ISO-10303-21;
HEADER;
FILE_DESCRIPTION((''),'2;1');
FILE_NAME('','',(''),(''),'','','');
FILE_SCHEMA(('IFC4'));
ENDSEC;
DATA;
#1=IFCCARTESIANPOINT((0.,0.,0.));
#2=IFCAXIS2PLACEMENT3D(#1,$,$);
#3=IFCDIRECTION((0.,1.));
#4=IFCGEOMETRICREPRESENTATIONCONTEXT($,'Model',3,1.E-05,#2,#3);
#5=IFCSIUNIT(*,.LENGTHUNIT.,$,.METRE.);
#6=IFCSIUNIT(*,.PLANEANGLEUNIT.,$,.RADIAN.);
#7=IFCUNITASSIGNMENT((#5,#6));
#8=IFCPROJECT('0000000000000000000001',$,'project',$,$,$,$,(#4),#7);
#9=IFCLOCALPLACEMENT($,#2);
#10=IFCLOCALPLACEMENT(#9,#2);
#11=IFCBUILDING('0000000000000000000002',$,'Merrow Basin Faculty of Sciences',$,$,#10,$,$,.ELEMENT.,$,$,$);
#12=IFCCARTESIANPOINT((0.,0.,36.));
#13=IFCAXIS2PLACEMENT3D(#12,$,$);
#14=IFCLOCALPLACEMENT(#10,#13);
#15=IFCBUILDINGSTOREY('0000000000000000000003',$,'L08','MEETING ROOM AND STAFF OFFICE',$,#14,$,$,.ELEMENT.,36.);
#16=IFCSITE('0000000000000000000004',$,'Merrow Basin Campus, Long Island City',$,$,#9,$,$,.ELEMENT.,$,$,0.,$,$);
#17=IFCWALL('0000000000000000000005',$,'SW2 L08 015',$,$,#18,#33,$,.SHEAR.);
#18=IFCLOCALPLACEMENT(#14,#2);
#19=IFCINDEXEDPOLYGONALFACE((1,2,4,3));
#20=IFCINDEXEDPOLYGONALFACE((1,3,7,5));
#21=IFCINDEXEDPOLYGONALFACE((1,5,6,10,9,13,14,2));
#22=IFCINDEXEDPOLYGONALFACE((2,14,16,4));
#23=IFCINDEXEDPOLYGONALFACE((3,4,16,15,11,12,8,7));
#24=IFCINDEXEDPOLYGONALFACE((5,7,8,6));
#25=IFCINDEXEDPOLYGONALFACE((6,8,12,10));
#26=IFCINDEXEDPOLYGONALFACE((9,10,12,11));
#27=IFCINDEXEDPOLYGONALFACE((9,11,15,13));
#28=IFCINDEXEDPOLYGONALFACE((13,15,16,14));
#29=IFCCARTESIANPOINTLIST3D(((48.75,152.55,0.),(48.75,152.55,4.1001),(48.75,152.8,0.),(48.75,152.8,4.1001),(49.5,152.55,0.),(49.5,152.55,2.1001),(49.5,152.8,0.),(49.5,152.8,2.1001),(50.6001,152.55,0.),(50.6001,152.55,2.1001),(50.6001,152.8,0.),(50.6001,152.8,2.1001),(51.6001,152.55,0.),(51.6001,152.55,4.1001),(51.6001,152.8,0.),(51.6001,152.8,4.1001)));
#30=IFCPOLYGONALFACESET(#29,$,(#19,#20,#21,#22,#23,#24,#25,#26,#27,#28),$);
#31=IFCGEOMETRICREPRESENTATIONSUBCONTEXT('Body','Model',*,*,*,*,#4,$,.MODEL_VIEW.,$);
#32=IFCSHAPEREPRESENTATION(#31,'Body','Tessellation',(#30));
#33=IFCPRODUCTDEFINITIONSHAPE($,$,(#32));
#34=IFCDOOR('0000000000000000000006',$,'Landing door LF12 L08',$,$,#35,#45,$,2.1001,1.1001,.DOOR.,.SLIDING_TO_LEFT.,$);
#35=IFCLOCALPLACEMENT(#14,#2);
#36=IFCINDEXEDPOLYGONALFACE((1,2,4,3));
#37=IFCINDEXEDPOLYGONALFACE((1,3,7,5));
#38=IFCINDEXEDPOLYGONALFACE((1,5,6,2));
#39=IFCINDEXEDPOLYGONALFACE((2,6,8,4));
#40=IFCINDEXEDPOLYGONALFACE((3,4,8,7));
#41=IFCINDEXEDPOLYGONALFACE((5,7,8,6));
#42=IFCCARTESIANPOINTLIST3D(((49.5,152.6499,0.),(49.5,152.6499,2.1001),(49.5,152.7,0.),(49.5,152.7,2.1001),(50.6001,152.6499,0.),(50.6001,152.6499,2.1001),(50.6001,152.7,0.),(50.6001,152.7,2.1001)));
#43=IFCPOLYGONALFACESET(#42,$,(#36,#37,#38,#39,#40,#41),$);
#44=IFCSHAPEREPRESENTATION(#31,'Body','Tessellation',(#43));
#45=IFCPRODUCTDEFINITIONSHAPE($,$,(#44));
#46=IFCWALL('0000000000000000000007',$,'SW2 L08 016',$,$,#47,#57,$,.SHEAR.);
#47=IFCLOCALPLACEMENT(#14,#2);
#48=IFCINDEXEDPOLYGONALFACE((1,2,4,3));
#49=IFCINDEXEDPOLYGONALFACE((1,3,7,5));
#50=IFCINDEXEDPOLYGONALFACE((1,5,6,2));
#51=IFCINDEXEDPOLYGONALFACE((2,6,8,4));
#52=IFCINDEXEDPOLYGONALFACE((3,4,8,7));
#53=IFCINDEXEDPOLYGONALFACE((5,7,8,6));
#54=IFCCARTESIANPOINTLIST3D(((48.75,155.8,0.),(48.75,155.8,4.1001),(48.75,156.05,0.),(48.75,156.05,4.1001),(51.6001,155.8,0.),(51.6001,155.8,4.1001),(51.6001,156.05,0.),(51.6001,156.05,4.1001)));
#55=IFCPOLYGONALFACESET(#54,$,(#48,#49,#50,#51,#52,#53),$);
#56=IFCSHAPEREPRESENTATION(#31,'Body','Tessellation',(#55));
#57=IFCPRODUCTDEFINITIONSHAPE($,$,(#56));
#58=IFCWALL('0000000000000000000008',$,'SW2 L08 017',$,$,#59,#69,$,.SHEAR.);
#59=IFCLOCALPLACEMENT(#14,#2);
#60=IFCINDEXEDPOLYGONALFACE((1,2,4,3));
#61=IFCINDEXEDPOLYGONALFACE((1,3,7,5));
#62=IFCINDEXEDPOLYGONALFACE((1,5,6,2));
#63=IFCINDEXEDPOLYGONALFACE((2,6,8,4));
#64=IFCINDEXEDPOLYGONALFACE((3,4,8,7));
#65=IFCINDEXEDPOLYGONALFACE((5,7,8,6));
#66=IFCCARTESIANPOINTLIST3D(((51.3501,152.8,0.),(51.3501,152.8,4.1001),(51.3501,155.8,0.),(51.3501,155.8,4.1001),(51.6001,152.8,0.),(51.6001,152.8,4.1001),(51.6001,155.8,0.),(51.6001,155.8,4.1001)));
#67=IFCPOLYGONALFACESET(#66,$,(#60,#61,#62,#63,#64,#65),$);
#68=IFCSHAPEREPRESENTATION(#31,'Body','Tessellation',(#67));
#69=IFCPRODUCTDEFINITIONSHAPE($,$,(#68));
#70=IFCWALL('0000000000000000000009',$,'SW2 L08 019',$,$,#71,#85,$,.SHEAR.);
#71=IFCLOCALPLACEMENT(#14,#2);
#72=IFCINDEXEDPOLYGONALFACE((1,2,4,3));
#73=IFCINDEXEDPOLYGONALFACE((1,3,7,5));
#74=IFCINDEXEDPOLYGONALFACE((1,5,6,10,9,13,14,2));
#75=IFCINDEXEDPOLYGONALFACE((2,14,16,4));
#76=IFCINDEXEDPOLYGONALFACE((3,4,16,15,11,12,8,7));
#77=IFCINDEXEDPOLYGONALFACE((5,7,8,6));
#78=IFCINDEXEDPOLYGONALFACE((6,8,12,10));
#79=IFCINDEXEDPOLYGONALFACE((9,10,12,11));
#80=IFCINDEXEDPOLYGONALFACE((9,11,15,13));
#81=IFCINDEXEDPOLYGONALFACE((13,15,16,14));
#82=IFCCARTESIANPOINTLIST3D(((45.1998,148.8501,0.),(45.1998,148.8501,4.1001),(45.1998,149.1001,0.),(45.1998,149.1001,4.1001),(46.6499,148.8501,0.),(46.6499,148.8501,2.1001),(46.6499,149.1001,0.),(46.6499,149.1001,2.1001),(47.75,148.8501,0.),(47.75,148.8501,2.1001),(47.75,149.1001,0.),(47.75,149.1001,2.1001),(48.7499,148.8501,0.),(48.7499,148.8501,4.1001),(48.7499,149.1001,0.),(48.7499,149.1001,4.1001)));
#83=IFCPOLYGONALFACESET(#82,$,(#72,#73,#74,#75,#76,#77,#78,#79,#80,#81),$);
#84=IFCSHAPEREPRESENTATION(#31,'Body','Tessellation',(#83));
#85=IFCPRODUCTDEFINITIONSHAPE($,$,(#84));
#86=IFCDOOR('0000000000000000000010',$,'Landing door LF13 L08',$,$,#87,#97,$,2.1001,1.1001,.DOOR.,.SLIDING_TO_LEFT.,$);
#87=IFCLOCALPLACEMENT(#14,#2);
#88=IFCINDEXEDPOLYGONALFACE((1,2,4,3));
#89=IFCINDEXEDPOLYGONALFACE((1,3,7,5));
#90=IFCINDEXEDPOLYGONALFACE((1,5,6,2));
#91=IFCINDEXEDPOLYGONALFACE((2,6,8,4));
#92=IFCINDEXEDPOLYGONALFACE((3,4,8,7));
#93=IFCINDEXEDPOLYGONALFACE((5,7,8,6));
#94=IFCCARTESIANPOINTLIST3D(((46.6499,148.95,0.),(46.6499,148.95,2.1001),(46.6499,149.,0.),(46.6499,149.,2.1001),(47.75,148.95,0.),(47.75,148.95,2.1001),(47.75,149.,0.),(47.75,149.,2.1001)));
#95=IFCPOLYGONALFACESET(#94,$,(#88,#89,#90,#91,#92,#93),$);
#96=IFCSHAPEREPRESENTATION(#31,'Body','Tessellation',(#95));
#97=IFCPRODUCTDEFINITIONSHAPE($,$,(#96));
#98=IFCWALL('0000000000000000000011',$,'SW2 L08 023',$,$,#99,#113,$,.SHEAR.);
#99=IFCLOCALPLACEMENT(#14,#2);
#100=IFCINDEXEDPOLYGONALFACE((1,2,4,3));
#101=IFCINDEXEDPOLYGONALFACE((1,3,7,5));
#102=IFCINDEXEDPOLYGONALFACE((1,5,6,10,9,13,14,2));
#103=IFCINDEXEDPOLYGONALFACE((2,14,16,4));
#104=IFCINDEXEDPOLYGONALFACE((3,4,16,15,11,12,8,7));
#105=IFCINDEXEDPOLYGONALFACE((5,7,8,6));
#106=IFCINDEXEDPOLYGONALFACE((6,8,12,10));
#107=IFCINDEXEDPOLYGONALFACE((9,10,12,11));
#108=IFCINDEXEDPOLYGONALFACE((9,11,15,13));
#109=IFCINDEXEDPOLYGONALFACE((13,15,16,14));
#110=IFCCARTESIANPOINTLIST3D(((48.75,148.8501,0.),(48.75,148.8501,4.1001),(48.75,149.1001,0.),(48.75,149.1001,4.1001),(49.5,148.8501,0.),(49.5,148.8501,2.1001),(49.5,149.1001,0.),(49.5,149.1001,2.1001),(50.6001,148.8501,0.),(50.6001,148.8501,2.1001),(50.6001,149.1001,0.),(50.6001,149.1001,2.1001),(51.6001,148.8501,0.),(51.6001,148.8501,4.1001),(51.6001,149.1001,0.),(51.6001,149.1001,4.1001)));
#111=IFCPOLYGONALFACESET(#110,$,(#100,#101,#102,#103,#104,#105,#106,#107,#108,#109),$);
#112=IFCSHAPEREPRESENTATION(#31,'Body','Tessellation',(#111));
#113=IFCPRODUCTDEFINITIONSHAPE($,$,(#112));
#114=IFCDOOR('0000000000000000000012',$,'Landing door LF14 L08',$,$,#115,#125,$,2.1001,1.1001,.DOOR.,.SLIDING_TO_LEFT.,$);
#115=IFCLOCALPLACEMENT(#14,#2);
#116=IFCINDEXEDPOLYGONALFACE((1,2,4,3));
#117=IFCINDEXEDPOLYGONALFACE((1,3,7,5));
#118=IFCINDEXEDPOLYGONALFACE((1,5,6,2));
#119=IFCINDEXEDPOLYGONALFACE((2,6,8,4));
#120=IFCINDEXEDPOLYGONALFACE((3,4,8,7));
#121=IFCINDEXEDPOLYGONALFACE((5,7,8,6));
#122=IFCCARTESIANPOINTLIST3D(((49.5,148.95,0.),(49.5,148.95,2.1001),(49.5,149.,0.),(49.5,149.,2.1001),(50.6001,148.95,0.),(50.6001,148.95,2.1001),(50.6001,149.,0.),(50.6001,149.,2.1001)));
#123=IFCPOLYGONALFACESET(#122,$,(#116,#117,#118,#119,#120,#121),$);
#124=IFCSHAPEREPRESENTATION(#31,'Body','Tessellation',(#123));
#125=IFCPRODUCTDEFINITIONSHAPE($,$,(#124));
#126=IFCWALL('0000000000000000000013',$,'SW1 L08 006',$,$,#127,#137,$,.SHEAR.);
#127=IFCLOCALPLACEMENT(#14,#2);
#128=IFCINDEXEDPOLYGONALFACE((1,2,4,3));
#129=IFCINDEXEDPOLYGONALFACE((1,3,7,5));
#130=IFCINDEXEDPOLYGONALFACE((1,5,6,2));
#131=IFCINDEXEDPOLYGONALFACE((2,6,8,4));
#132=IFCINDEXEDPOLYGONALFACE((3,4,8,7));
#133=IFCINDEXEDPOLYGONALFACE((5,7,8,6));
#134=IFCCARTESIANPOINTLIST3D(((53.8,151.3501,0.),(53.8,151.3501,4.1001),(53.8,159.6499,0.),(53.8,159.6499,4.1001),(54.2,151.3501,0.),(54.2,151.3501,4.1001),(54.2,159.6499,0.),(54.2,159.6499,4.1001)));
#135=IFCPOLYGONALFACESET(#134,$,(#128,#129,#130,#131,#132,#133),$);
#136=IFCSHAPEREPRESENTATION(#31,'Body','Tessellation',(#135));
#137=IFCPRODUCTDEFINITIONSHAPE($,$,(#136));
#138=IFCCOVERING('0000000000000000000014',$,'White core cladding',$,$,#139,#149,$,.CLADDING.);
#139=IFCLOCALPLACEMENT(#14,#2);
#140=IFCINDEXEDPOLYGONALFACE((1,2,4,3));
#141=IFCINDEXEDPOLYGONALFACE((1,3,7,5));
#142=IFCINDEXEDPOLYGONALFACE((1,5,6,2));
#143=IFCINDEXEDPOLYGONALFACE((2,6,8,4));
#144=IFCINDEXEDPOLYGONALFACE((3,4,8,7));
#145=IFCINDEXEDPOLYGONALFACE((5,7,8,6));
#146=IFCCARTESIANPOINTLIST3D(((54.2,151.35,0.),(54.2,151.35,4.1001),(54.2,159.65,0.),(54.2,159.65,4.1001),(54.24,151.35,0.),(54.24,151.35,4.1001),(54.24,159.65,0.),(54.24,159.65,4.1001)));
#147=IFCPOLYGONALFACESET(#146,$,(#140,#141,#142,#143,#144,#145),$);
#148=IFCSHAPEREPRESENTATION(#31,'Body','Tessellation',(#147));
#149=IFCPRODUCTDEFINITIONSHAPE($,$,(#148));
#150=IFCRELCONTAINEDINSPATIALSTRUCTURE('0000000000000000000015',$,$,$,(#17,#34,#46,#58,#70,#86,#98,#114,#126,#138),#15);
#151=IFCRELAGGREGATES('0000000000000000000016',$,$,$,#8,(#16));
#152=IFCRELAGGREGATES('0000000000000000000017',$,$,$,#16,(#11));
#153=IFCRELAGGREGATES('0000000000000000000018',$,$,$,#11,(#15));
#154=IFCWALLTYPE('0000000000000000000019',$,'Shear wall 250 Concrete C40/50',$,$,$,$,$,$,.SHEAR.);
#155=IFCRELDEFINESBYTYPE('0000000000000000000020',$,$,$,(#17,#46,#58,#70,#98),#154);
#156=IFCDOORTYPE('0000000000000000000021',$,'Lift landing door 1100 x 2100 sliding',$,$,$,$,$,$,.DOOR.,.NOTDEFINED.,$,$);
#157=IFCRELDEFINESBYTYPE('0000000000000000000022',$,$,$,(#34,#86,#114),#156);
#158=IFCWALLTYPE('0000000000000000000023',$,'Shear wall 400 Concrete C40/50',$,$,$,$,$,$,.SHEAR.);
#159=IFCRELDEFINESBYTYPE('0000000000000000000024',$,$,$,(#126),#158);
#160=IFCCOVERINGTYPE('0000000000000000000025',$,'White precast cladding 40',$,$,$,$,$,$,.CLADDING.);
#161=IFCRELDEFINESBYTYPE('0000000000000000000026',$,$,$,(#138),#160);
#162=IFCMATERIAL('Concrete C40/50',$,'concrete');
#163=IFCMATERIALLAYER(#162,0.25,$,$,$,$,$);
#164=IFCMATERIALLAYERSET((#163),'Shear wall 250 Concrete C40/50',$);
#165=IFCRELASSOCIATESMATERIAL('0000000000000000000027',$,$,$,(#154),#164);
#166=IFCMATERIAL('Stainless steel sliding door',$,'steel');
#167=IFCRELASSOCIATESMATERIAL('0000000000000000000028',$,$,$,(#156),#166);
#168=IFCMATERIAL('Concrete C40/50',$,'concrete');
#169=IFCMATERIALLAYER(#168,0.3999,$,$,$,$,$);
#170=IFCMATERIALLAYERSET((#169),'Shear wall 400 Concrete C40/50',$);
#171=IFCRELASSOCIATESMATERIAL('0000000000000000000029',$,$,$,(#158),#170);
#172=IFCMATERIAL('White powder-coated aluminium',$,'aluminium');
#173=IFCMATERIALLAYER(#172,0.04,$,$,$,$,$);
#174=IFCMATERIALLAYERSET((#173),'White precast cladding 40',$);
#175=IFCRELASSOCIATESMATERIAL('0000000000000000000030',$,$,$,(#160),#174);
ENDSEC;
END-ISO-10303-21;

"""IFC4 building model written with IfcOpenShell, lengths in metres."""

from ifc_helpers import new_model, si_unit, direction, frame, frame_2d, origin, origin_2d, place, context, subcontext, project, spatial, rectangle, extrude, material, layer, layer_set, type_object, element, fill, save


model = new_model("IFC4")

# Units and contexts
model_context = context("Model", 3, precision=1e-05, world=origin(), true_north=direction((0.0, 1.0)))
body_context = subcontext(model_context, "Body", "Model", "MODEL_VIEW")
ifc_project = project(units=[si_unit("LENGTHUNIT", "METRE"), si_unit("PLANEANGLEUNIT", "RADIAN")], contexts=[model_context])

# Site, building, storey
site_placement = place(None, origin())
site = spatial("IfcSite", under=ifc_project, at=site_placement, Name="Merrow Basin Campus, Long Island City", CompositionType="ELEMENT", RefElevation=0.0)
building_placement = place(site_placement, origin())
building = spatial("IfcBuilding", under=site, at=building_placement, Name="Merrow Basin Faculty of Sciences", CompositionType="ELEMENT")
storey_placement = place(building_placement, frame((0.0, 0.0, 36.0)))
storey = spatial("IfcBuildingStorey", under=building, at=storey_placement, Name="L08", Description="MEETING ROOM AND STAFF OFFICE", CompositionType="ELEMENT", Elevation=36.0)

# Shared definitions
ifc_material_1 = material(Name="Concrete C40/50", Category="concrete")
ifc_layer_1 = layer(ifc_material_1, 0.25)
ifc_layer_set_1 = layer_set([ifc_layer_1], Name="Shear wall 250 Concrete C40/50")
wall_type_1 = type_object("IfcWallType", Name="Shear wall 250 Concrete C40/50", PredefinedType="SHEAR", material=ifc_layer_set_1)
ifc_material_2 = material(Name="Stainless steel sliding door", Category="steel")
door_type_1 = type_object("IfcDoorType", Name="Lift landing door 1100 x 2100 sliding", OperationType="NOTDEFINED", PredefinedType="DOOR", material=ifc_material_2)

# Wall, opening, door
wall_1_placement = place(storey_placement, frame((48.75, 152.675, 0.0), z_axis=(0.0, 0.0, 1.0), x_axis=(1.0, 0.0, 0.0)))
wall_1 = element("IfcWall", 1, at=wall_1_placement, inside=storey, type_object=wall_type_1, Name="SW2 L08 015", PredefinedType="SHEAR", context=body_context, shape_type="SweptSolid", body=[
    extrude(rectangle(XDim=2.8501, YDim=0.25, at=frame_2d((1.425, 0.0))), origin(), (0.0, 0.0, 1.0), 4.1001),
])
opening_1_placement = place(wall_1_placement, frame((0.75, 0.0, 0.0)))
opening_1 = element("IfcOpeningElement", 2, at=opening_1_placement, cuts=wall_1, PredefinedType="OPENING", context=body_context, shape_type="SweptSolid", body=[
    extrude(rectangle(XDim=1.1001, YDim=2.1001, at=frame_2d((0.55, 1.05))), frame((0.0, 0.135, 0.0), z_axis=(0.0, -1.0, 0.0), x_axis=(1.0, 0.0, 0.0)), (0.0, 0.0, 1.0), 0.27),
])
door_1_placement = place(opening_1_placement, origin())
door_1 = element("IfcDoor", 3, at=door_1_placement, inside=storey, type_object=door_type_1, Name="Landing door LF12 L08", OperationType="SLIDING_TO_LEFT", OverallHeight=2.1001, OverallWidth=1.1001, PredefinedType="DOOR", context=body_context, shape_type="SweptSolid", body=[
    extrude(rectangle(XDim=1.1001, YDim=2.1001, at=frame_2d((0.55, 1.05))), frame((0.0, 0.0249, 0.0), z_axis=(0.0, -1.0, 0.0), x_axis=(1.0, 0.0, 0.0)), (0.0, 0.0, 1.0), 0.05),
])
fill(opening_1, door_1)

# Walls
wall_2_placement = place(storey_placement, frame((48.75, 155.925, 0.0), z_axis=(0.0, 0.0, 1.0), x_axis=(1.0, 0.0, 0.0)))
element("IfcWall", 4, at=wall_2_placement, inside=storey, type_object=wall_type_1, Name="SW2 L08 016", PredefinedType="SHEAR", context=body_context, shape_type="SweptSolid", body=[
    extrude(rectangle(XDim=2.8501, YDim=0.25, at=frame_2d((1.425, 0.0))), origin(), (0.0, 0.0, 1.0), 4.1001),
])
wall_3_placement = place(storey_placement, frame((51.4751, 152.8, 0.0), z_axis=(0.0, 0.0, 1.0), x_axis=(0.0, 1.0, 0.0)))
element("IfcWall", 5, at=wall_3_placement, inside=storey, type_object=wall_type_1, Name="SW2 L08 017", PredefinedType="SHEAR", context=body_context, shape_type="SweptSolid", body=[
    extrude(rectangle(XDim=3.0, YDim=0.25, at=frame_2d((1.5, 0.0))), origin(), (0.0, 0.0, 1.0), 4.1001),
])

# Walls, openings, doors
wall_4_placement = place(storey_placement, frame((45.2, 148.9751, 0.0), z_axis=(0.0, 0.0, 1.0), x_axis=(1.0, 0.0, 0.0)))
wall_4 = element("IfcWall", 6, at=wall_4_placement, inside=storey, type_object=wall_type_1, Name="SW2 L08 019", PredefinedType="SHEAR", context=body_context, shape_type="SweptSolid", body=[
    extrude(rectangle(XDim=3.55, YDim=0.25, at=frame_2d((1.7749, 0.0))), origin(), (0.0, 0.0, 1.0), 4.1001),
])
opening_2_placement = place(wall_4_placement, frame((1.45, 0.0, 0.0)))
opening_2 = element("IfcOpeningElement", 7, at=opening_2_placement, cuts=wall_4, PredefinedType="OPENING", context=body_context, shape_type="SweptSolid", body=[
    extrude(rectangle(XDim=1.1001, YDim=2.1001, at=frame_2d((0.55, 1.05))), frame((0.0, 0.135, 0.0), z_axis=(0.0, -1.0, 0.0), x_axis=(1.0, 0.0, 0.0)), (0.0, 0.0, 1.0), 0.27),
])
door_2_placement = place(opening_2_placement, origin())
door_2 = element("IfcDoor", 8, at=door_2_placement, inside=storey, type_object=door_type_1, Name="Landing door LF13 L08", OperationType="SLIDING_TO_LEFT", OverallHeight=2.1001, OverallWidth=1.1001, PredefinedType="DOOR", context=body_context, shape_type="SweptSolid", body=[
    extrude(rectangle(XDim=1.1001, YDim=2.1001, at=frame_2d((0.55, 1.05))), frame((0.0, 0.0249, 0.0), z_axis=(0.0, -1.0, 0.0), x_axis=(1.0, 0.0, 0.0)), (0.0, 0.0, 1.0), 0.05),
])
fill(opening_2, door_2)
wall_5_placement = place(storey_placement, frame((48.75, 148.9751, 0.0), z_axis=(0.0, 0.0, 1.0), x_axis=(1.0, 0.0, 0.0)))
wall_5 = element("IfcWall", 9, at=wall_5_placement, inside=storey, type_object=wall_type_1, Name="SW2 L08 023", PredefinedType="SHEAR", context=body_context, shape_type="SweptSolid", body=[
    extrude(rectangle(XDim=2.8501, YDim=0.25, at=frame_2d((1.425, 0.0))), origin(), (0.0, 0.0, 1.0), 4.1001),
])
opening_3_placement = place(wall_5_placement, frame((0.75, 0.0, 0.0)))
opening_3 = element("IfcOpeningElement", 10, at=opening_3_placement, cuts=wall_5, PredefinedType="OPENING", context=body_context, shape_type="SweptSolid", body=[
    extrude(rectangle(XDim=1.1001, YDim=2.1001, at=frame_2d((0.55, 1.05))), frame((0.0, 0.135, 0.0), z_axis=(0.0, -1.0, 0.0), x_axis=(1.0, 0.0, 0.0)), (0.0, 0.0, 1.0), 0.27),
])
door_3_placement = place(opening_3_placement, origin())
door_3 = element("IfcDoor", 11, at=door_3_placement, inside=storey, type_object=door_type_1, Name="Landing door LF14 L08", OperationType="SLIDING_TO_LEFT", OverallHeight=2.1001, OverallWidth=1.1001, PredefinedType="DOOR", context=body_context, shape_type="SweptSolid", body=[
    extrude(rectangle(XDim=1.1001, YDim=2.1001, at=frame_2d((0.55, 1.05))), frame((0.0, 0.0249, 0.0), z_axis=(0.0, -1.0, 0.0), x_axis=(1.0, 0.0, 0.0)), (0.0, 0.0, 1.0), 0.05),
])
fill(opening_3, door_3)
ifc_material_3 = material(Name="Concrete C40/50", Category="concrete")
ifc_layer_2 = layer(ifc_material_3, 0.3999)
ifc_layer_set_2 = layer_set([ifc_layer_2], Name="Shear wall 400 Concrete C40/50")
wall_type_2 = type_object("IfcWallType", Name="Shear wall 400 Concrete C40/50", PredefinedType="SHEAR", material=ifc_layer_set_2)

# Wall
wall_6_placement = place(storey_placement, frame((54.0, 151.3501, 0.0), z_axis=(0.0, 0.0, 1.0), x_axis=(0.0, 1.0, 0.0)))
element("IfcWall", 12, at=wall_6_placement, inside=storey, type_object=wall_type_2, Name="SW1 L08 006", PredefinedType="SHEAR", context=body_context, shape_type="SweptSolid", body=[
    extrude(rectangle(XDim=8.2998, YDim=0.3999, at=frame_2d((4.1499, 0.0))), origin(), (0.0, 0.0, 1.0), 4.1001),
])

# Covering
ifc_material_4 = material(Name="White powder-coated aluminium", Category="aluminium")
ifc_layer_3 = layer(ifc_material_4, 0.04)
ifc_layer_set_3 = layer_set([ifc_layer_3], Name="White precast cladding 40")
covering_type = type_object("IfcCoveringType", Name="White precast cladding 40", PredefinedType="CLADDING", material=ifc_layer_set_3)
covering_placement = place(storey_placement, frame((54.22, 155.5, 0.0), z_axis=(0.0, 0.0, 1.0), x_axis=(1.0, 0.0, 0.0)))
element("IfcCovering", 13, at=covering_placement, inside=storey, type_object=covering_type, Name="White core cladding", PredefinedType="CLADDING", context=body_context, shape_type="SweptSolid", body=[
    extrude(rectangle(XDim=0.04, YDim=8.3, at=origin_2d()), origin(), (0.0, 0.0, 1.0), 4.1001),
])

save(model, "model.ifc")
